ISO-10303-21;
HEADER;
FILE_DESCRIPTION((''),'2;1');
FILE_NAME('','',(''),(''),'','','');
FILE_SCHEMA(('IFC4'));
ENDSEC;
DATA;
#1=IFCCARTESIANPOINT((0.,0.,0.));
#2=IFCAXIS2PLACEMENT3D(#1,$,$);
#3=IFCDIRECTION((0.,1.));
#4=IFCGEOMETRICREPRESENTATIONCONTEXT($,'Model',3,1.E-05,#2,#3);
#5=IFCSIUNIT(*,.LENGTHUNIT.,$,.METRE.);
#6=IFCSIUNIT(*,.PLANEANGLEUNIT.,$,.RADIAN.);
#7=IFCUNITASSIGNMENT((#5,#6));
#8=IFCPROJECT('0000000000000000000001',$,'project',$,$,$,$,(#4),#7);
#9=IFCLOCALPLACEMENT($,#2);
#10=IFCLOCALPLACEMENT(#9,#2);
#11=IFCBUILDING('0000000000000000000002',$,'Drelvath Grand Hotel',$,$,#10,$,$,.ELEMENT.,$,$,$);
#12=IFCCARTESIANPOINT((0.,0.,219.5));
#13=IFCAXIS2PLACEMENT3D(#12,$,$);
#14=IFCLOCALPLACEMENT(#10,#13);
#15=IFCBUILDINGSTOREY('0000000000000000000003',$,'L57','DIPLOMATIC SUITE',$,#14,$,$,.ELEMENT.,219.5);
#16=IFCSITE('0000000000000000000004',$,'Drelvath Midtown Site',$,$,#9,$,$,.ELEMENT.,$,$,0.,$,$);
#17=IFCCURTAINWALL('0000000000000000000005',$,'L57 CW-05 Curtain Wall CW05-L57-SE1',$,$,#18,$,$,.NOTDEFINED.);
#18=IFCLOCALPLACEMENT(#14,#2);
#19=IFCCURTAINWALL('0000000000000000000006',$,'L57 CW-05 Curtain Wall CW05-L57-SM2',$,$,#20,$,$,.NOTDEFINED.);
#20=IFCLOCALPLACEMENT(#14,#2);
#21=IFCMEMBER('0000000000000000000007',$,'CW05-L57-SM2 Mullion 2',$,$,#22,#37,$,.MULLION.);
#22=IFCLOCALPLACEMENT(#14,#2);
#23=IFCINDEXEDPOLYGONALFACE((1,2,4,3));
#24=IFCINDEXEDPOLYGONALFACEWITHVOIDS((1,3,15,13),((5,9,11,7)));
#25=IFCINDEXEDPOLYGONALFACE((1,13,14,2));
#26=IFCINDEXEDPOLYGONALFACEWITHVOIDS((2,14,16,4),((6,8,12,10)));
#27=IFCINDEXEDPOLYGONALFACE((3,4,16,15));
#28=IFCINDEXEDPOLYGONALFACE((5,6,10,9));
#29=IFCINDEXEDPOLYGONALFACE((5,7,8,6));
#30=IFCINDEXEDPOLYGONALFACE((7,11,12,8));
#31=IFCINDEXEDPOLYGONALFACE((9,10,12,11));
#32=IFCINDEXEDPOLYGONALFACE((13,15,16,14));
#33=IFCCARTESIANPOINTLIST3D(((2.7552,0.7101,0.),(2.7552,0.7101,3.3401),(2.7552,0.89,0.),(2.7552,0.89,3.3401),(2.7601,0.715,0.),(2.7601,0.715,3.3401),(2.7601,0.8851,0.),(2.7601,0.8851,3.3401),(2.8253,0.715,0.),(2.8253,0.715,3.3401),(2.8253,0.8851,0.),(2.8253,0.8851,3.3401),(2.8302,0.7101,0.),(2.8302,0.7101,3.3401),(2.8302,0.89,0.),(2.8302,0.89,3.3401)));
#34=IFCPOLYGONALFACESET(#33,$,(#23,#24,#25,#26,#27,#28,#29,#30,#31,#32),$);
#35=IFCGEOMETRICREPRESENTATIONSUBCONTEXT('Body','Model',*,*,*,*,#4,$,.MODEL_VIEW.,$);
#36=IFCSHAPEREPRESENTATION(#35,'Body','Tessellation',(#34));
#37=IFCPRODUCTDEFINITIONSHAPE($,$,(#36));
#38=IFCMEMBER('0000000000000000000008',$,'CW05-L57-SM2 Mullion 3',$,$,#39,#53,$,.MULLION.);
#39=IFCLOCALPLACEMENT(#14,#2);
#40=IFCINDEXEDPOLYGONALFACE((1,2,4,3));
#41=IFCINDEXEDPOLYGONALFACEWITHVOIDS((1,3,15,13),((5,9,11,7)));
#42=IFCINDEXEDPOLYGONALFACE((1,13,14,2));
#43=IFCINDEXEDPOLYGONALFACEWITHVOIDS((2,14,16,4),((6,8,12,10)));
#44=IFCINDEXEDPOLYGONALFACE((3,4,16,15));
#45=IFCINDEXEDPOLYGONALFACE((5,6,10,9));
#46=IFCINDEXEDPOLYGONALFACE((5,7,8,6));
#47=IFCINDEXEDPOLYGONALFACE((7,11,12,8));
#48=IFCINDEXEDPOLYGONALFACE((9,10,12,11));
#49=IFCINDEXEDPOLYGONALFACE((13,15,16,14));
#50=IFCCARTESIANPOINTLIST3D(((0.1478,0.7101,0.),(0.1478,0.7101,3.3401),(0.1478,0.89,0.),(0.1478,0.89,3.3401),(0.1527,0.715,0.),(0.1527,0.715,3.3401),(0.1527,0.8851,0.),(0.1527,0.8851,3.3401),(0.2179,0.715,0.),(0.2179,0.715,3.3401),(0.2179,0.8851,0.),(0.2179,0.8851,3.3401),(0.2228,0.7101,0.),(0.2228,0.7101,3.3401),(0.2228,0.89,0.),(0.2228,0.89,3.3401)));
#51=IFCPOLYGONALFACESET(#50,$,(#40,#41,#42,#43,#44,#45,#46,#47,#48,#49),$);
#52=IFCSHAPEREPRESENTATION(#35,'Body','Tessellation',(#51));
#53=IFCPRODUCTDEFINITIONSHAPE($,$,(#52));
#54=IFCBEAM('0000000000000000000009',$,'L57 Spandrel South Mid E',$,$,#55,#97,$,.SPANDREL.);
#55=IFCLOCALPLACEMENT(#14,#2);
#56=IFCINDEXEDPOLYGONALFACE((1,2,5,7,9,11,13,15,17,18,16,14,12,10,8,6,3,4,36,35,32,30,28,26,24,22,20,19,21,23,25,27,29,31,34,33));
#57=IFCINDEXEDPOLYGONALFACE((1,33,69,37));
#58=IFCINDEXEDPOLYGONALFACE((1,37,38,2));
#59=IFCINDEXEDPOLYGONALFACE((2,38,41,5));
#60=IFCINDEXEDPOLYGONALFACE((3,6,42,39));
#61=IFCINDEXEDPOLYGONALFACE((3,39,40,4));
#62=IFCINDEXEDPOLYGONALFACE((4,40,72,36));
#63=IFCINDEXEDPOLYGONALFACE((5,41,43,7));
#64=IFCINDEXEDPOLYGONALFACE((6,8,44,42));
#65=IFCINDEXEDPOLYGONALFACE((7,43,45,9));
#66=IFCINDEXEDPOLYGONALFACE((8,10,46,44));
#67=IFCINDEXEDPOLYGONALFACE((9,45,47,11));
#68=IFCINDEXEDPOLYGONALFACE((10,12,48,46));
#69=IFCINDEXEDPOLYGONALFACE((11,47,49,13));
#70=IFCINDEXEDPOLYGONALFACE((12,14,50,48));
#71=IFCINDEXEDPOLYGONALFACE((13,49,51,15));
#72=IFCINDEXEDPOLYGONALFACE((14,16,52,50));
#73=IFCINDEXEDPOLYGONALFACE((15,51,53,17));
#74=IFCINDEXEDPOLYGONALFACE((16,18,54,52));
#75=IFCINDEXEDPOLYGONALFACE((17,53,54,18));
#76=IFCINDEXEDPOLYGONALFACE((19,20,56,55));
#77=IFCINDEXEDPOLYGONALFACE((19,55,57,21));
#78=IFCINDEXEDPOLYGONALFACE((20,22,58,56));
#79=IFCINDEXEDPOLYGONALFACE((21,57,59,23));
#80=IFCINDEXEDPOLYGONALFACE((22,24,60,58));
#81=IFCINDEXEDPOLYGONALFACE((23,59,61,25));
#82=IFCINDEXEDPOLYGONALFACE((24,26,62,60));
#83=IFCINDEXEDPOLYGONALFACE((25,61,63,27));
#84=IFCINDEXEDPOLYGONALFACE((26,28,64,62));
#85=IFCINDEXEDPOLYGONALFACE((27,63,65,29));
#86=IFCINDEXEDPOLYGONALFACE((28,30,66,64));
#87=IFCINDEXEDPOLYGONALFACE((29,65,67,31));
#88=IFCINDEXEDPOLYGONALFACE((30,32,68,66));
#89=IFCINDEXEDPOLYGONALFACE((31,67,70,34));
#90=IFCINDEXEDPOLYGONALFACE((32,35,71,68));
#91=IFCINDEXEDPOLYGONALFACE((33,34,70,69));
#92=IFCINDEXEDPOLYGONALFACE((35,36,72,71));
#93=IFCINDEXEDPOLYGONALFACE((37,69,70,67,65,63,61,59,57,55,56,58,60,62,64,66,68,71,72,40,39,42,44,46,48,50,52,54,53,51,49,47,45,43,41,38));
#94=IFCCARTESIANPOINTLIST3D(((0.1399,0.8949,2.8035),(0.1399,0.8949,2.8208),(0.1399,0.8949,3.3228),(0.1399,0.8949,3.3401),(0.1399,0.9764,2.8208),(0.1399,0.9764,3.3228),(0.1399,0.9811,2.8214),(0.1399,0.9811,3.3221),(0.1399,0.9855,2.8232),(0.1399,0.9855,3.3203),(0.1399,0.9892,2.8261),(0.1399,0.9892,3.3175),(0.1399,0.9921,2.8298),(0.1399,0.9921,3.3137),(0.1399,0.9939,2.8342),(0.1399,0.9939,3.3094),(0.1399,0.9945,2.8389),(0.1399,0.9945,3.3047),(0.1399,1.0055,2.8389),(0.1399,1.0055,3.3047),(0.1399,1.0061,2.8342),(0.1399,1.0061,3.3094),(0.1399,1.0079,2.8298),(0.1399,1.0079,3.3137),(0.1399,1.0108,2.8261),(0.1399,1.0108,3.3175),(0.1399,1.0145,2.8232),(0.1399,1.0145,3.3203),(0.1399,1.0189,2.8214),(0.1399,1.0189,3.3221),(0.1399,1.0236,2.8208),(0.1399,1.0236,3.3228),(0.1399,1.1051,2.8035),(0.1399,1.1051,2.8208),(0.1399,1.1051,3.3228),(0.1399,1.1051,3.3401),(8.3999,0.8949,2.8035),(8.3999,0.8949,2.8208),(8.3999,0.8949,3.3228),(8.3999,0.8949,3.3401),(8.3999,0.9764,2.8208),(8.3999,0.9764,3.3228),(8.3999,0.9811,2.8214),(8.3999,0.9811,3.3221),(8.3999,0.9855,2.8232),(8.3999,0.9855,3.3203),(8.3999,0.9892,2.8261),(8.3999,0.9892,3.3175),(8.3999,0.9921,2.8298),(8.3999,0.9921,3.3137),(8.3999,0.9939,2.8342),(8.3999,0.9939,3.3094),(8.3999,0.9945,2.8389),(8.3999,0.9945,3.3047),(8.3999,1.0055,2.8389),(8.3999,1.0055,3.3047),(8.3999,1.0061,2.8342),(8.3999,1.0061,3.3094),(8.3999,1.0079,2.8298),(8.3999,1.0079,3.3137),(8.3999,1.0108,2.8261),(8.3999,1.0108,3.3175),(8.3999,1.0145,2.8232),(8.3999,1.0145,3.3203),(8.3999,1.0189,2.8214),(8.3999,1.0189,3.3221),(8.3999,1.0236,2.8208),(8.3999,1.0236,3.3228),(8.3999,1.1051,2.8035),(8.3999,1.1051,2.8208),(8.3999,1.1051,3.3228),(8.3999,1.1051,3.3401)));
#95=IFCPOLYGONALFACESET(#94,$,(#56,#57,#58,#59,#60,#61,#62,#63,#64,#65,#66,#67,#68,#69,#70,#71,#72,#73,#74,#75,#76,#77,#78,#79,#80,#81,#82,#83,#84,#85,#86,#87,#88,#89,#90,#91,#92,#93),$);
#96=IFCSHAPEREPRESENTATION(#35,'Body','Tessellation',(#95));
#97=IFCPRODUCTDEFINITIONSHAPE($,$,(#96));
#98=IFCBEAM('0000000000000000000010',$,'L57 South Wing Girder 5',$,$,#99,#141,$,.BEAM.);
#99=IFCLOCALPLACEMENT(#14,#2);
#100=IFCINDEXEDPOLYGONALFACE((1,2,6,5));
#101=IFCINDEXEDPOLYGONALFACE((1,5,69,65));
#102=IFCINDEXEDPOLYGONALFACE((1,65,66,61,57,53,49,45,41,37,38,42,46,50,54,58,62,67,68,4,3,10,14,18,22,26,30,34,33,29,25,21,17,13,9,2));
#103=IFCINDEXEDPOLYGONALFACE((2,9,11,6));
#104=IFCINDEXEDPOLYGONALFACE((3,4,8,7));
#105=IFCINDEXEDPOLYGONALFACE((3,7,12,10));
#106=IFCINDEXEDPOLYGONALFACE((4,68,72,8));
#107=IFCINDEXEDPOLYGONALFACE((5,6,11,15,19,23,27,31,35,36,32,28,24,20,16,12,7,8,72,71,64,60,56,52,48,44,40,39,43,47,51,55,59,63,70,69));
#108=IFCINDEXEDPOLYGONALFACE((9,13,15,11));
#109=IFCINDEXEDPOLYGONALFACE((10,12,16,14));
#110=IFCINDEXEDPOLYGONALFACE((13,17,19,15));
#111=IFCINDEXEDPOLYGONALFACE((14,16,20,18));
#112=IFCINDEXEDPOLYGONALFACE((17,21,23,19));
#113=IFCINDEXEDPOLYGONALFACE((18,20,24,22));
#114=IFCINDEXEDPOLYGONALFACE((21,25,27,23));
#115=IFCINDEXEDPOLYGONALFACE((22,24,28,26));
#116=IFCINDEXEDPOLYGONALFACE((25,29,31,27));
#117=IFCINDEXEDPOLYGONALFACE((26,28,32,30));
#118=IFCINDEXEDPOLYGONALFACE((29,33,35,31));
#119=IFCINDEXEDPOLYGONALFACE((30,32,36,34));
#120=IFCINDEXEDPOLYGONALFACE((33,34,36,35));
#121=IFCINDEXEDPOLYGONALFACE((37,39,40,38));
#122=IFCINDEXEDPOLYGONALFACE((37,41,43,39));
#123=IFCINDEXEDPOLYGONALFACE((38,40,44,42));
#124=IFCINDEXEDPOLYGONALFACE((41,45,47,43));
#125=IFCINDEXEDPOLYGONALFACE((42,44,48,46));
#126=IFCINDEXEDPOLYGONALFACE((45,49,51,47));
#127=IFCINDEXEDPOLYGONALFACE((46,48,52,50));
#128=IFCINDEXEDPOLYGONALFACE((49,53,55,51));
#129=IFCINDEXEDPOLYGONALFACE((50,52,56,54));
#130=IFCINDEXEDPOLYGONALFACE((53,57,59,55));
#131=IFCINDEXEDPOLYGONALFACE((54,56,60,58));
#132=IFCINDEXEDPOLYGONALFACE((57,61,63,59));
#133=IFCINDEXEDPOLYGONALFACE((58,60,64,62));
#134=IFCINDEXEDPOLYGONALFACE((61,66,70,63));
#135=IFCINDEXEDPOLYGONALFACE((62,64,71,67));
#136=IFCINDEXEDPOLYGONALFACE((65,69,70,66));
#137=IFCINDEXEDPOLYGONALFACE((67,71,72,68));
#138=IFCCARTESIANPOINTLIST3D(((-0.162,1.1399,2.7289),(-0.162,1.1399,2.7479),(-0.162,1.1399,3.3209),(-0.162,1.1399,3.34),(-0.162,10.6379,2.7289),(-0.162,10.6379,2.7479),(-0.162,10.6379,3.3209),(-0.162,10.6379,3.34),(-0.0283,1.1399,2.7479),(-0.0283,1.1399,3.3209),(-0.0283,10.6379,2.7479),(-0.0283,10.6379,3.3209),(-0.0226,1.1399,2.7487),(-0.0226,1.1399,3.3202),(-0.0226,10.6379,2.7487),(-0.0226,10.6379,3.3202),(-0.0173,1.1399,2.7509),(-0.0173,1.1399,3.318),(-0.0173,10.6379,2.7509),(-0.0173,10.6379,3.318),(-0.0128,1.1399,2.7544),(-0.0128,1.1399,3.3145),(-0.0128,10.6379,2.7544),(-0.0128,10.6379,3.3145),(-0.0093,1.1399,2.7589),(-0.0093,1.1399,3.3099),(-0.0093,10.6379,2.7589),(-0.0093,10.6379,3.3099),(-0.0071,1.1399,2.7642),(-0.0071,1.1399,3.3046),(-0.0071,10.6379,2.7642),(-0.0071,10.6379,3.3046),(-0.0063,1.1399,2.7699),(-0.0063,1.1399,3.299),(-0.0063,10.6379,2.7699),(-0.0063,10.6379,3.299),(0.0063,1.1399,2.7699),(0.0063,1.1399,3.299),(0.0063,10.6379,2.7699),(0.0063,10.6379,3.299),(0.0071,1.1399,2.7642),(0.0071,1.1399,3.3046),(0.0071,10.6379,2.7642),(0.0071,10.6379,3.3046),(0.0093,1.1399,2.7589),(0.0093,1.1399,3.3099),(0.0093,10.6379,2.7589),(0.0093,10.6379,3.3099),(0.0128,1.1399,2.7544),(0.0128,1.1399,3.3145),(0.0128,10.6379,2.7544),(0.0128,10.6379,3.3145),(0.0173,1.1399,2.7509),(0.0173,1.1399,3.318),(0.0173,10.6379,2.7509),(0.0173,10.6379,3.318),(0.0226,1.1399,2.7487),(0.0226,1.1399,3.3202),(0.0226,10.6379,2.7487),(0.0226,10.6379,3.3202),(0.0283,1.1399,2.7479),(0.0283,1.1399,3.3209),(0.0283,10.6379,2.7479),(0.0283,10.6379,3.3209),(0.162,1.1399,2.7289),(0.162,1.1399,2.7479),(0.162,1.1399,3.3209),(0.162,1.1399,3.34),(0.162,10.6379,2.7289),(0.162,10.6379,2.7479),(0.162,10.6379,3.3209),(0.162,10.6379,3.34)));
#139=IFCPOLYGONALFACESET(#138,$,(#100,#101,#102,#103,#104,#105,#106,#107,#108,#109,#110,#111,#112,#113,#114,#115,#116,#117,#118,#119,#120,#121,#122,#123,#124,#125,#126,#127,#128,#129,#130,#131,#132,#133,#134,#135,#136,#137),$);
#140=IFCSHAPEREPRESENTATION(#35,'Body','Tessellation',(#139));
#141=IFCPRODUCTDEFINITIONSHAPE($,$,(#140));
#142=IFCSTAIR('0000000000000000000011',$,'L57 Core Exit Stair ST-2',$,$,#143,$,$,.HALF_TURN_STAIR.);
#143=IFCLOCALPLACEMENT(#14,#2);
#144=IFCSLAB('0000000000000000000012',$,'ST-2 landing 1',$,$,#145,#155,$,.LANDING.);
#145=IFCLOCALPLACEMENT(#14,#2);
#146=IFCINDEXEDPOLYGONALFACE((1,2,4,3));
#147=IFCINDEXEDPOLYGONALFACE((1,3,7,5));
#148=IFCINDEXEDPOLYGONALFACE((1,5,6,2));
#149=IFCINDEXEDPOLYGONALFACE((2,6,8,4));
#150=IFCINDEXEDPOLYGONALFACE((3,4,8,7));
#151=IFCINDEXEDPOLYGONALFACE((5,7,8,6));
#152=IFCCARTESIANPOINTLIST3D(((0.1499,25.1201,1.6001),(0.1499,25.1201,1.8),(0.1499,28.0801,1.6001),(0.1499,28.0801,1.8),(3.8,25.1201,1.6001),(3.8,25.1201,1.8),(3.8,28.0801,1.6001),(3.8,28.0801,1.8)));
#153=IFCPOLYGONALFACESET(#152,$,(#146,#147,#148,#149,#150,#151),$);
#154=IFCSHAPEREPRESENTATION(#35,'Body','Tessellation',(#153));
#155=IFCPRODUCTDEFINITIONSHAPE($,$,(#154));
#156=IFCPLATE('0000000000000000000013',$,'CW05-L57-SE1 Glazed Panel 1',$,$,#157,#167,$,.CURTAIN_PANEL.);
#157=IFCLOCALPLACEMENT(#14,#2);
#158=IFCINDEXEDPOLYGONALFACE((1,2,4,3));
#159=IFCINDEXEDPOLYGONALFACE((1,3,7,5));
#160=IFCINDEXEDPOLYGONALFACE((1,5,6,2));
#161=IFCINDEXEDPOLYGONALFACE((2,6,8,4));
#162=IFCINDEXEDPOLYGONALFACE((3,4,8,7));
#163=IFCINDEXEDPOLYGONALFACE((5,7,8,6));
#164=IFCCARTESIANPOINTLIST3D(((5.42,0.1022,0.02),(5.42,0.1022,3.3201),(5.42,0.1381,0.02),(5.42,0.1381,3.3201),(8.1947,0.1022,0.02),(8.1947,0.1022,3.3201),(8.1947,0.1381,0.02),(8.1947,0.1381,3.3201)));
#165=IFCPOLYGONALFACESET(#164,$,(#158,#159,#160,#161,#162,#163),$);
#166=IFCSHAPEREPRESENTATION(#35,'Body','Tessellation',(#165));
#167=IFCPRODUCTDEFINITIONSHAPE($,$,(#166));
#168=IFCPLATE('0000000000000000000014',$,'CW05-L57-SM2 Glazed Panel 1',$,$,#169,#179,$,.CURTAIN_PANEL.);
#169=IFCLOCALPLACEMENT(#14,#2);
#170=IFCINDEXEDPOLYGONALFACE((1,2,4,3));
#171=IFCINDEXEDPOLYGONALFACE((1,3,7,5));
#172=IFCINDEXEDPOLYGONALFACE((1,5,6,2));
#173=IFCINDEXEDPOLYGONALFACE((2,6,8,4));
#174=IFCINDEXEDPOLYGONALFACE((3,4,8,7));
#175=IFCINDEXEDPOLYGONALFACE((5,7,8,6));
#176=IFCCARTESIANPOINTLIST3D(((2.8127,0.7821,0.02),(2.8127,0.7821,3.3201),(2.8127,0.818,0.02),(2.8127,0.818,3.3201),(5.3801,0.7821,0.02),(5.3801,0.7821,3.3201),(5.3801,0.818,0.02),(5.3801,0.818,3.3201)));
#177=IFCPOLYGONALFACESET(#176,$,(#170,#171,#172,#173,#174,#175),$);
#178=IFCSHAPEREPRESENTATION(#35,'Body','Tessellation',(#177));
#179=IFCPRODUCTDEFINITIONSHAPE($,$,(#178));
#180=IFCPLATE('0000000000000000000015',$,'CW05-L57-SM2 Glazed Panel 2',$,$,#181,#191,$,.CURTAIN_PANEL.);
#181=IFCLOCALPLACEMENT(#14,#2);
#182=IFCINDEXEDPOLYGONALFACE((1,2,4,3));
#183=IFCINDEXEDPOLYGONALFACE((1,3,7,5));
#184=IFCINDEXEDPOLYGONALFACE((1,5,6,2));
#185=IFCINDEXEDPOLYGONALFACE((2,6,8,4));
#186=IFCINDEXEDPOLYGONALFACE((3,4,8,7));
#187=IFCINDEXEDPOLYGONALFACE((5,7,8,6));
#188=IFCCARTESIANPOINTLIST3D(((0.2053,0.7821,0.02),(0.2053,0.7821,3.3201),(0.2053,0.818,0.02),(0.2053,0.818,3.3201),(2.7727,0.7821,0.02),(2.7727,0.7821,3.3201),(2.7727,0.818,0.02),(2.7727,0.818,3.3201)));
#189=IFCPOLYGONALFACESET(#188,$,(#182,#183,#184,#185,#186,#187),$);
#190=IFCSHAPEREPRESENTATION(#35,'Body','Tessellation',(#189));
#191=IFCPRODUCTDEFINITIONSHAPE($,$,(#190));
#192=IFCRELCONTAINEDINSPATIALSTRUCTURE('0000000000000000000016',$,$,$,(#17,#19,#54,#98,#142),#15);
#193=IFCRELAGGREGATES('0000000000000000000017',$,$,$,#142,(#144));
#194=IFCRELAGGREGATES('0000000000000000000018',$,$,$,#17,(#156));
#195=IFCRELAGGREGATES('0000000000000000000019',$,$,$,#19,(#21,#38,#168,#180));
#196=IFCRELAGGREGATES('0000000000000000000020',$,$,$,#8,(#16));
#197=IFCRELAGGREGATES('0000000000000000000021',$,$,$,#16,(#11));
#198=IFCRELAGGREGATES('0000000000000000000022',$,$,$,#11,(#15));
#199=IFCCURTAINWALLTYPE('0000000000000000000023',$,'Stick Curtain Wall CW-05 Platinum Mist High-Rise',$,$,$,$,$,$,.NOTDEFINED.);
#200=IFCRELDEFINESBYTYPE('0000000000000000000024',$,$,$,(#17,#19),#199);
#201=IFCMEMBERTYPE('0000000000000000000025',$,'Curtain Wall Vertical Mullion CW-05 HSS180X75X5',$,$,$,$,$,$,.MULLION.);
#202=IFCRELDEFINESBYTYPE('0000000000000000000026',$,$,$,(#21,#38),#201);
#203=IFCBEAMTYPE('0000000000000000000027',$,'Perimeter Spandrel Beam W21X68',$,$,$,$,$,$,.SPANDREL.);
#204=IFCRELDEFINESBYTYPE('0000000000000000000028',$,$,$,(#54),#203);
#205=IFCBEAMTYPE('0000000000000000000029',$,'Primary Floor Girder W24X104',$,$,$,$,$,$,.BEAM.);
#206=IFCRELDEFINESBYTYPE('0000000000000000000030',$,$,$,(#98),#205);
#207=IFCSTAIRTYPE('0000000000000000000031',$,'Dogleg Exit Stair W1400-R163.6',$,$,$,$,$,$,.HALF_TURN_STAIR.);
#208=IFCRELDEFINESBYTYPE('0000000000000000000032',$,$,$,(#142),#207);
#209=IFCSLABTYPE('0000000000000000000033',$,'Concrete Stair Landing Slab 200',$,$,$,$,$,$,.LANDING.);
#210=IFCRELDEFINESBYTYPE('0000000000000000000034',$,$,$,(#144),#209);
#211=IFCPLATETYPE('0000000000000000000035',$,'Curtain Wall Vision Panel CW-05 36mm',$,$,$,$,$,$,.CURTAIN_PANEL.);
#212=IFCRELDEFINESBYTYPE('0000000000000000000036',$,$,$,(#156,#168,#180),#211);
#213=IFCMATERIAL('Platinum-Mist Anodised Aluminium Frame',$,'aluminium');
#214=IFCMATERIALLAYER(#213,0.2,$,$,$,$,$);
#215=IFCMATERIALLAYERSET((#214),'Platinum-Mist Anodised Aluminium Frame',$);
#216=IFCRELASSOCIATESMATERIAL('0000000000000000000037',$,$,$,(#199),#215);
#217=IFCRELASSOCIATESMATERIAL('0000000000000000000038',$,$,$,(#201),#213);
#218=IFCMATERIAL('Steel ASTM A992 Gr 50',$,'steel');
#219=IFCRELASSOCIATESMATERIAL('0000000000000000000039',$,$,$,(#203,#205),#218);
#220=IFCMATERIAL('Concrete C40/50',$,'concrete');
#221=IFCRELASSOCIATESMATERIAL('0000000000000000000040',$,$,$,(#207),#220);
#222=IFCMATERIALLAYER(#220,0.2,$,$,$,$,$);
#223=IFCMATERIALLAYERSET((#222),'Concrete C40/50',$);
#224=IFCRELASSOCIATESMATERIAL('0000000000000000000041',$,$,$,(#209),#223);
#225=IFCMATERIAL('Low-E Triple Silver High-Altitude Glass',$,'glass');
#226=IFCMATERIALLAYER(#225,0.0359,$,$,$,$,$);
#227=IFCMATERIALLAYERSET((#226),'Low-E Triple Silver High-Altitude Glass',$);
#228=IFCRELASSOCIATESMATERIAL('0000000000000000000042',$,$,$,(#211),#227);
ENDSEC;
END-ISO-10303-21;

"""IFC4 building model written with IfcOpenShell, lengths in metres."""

from ifc_helpers import new_model, si_unit, direction, frame, origin, origin_2d, place, context, subcontext, project, spatial, polyline, rectangle, hollow_rectangle, i_section, outline, extrude, material, layer, layer_set, material_profile, profile_set, type_object, element, aggregate, save


model = new_model("IFC4")

# Units and contexts
model_context = context("Model", 3, precision=1e-05, world=origin(), true_north=direction((0.0, 1.0)))
body_context = subcontext(model_context, "Body", "Model", "MODEL_VIEW")
ifc_project = project(units=[si_unit("LENGTHUNIT", "METRE"), si_unit("PLANEANGLEUNIT", "RADIAN")], contexts=[model_context])

# Site, building, storey
site_placement = place(None, origin())
site = spatial("IfcSite", under=ifc_project, at=site_placement, Name="Drelvath Midtown Site", CompositionType="ELEMENT", RefElevation=0.0)
building_placement = place(site_placement, origin())
building = spatial("IfcBuilding", under=site, at=building_placement, Name="Drelvath Grand Hotel", CompositionType="ELEMENT")
storey_placement = place(building_placement, frame((0.0, 0.0, 219.5)))
storey = spatial("IfcBuildingStorey", under=building, at=storey_placement, Name="L57", Description="DIPLOMATIC SUITE", CompositionType="ELEMENT", Elevation=219.5)

# Curtain walls
ifc_material_1 = material(Name="Platinum-Mist Anodised Aluminium Frame", Category="aluminium")
ifc_layer_1 = layer(ifc_material_1, 0.2)
ifc_layer_set_1 = layer_set([ifc_layer_1], Name="Platinum-Mist Anodised Aluminium Frame")
curtain_wall_type = type_object("IfcCurtainWallType", Name="Stick Curtain Wall CW-05 Platinum Mist High-Rise", PredefinedType="NOTDEFINED", material=ifc_layer_set_1)
curtain_wall_1_placement = place(storey_placement, origin())
curtain_wall_1 = element("IfcCurtainWall", 1, at=curtain_wall_1_placement, inside=storey, type_object=curtain_wall_type, Name="L57 CW-05 Curtain Wall CW05-L57-SE1", PredefinedType="NOTDEFINED")
curtain_wall_2_placement = place(storey_placement, origin())
curtain_wall_2 = element("IfcCurtainWall", 2, at=curtain_wall_2_placement, inside=storey, type_object=curtain_wall_type, Name="L57 CW-05 Curtain Wall CW05-L57-SM2", PredefinedType="NOTDEFINED")

# Members
ifc_material_profile_1 = material_profile(ifc_material_1, hollow_rectangle(XDim=0.075, YDim=0.1799, WallThickness=0.0049, at=origin_2d()), Name="HSS180X75X5")
ifc_profile_set_1 = profile_set([ifc_material_profile_1], Name="Platinum-Mist Anodised Aluminium Frame")
member_type_1 = type_object("IfcMemberType", Name="Curtain Wall Vertical Mullion CW-05 HSS180X75X5", PredefinedType="MULLION", material=ifc_profile_set_1)
member_1_placement = place(storey_placement, frame((2.7927, 0.8, 0.0), z_axis=(0.0, 0.0, 1.0), x_axis=(1.0, 0.0, 0.0)))
member_1 = element("IfcMember", 3, at=member_1_placement, type_object=member_type_1, Name="CW05-L57-SM2 Mullion 2", PredefinedType="MULLION", context=body_context, shape_type="SweptSolid", body=[
    extrude(hollow_rectangle(XDim=0.075, YDim=0.1799, WallThickness=0.0049, at=origin_2d()), origin(), (0.0, 0.0, 1.0), 3.3401),
])
member_2_placement = place(storey_placement, frame((0.1853, 0.8, 0.0), z_axis=(0.0, 0.0, 1.0), x_axis=(1.0, 0.0, 0.0)))
member_2 = element("IfcMember", 4, at=member_2_placement, type_object=member_type_1, Name="CW05-L57-SM2 Mullion 3", PredefinedType="MULLION", context=body_context, shape_type="SweptSolid", body=[
    extrude(hollow_rectangle(XDim=0.075, YDim=0.1799, WallThickness=0.0049, at=origin_2d()), origin(), (0.0, 0.0, 1.0), 3.3401),
])

# Beams
ifc_material_2 = material(Name="Steel ASTM A992 Gr 50", Category="steel")
ifc_material_profile_2 = material_profile(ifc_material_2, i_section(OverallWidth=0.2102, OverallDepth=0.5366, WebThickness=0.011, FlangeThickness=0.0173, FilletRadius=0.0181, at=origin_2d()), Name="W21X68")
ifc_profile_set_2 = profile_set([ifc_material_profile_2], Name="Steel ASTM A992 Gr 50")
beam_type_1 = type_object("IfcBeamType", Name="Perimeter Spandrel Beam W21X68", PredefinedType="SPANDREL", material=ifc_profile_set_2)
beam_1_placement = place(storey_placement, frame((0.1399, 1.0, 3.0718), z_axis=(1.0, 0.0, 0.0), x_axis=(0.0, 1.0, 0.0)))
element("IfcBeam", 5, at=beam_1_placement, inside=storey, type_object=beam_type_1, Name="L57 Spandrel South Mid E", PredefinedType="SPANDREL", context=body_context, shape_type="SweptSolid", body=[
    extrude(i_section(OverallWidth=0.2102, OverallDepth=0.5366, WebThickness=0.011, FlangeThickness=0.0173, FilletRadius=0.0181, at=origin_2d()), origin(), (0.0, 0.0, 1.0), 8.26),
])
ifc_material_profile_3 = material_profile(ifc_material_2, i_section(OverallWidth=0.324, OverallDepth=0.6111, WebThickness=0.0127, FlangeThickness=0.019, FilletRadius=0.022, at=origin_2d()), Name="W24X104")
ifc_profile_set_3 = profile_set([ifc_material_profile_3], Name="Steel ASTM A992 Gr 50")
beam_type_2 = type_object("IfcBeamType", Name="Primary Floor Girder W24X104", PredefinedType="BEAM", material=ifc_profile_set_3)
beam_2_placement = place(storey_placement, frame((0.0, 1.1399, 3.0344), z_axis=(0.0, 1.0, 0.0), x_axis=(-1.0, 0.0, 0.0)))
element("IfcBeam", 6, at=beam_2_placement, inside=storey, type_object=beam_type_2, Name="L57 South Wing Girder 5", PredefinedType="BEAM", context=body_context, shape_type="SweptSolid", body=[
    extrude(i_section(OverallWidth=0.324, OverallDepth=0.6111, WebThickness=0.0127, FlangeThickness=0.019, FilletRadius=0.022, at=origin_2d()), origin(), (0.0, 0.0, 1.0), 9.498),
])

# Stair, slab
ifc_material_3 = material(Name="Concrete C40/50", Category="concrete")
stair_type = type_object("IfcStairType", Name="Dogleg Exit Stair W1400-R163.6", PredefinedType="HALF_TURN_STAIR", material=ifc_material_3)
stair_placement = place(storey_placement, origin())
stair = element("IfcStair", 7, at=stair_placement, inside=storey, type_object=stair_type, Name="L57 Core Exit Stair ST-2", PredefinedType="HALF_TURN_STAIR")
ifc_layer_2 = layer(ifc_material_3, 0.2)
ifc_layer_set_2 = layer_set([ifc_layer_2], Name="Concrete C40/50")
slab_type = type_object("IfcSlabType", Name="Concrete Stair Landing Slab 200", PredefinedType="LANDING", material=ifc_layer_set_2)
slab_placement = place(storey_placement, frame((0.0, 0.0, 1.6001)))
slab = element("IfcSlab", 8, at=slab_placement, type_object=slab_type, Name="ST-2 landing 1", PredefinedType="LANDING", context=body_context, shape_type="SweptSolid", body=[
    extrude(outline(polyline([(3.8, 28.0801), (0.1499, 28.0801), (0.1499, 25.1201), (3.8, 25.1201), (3.8, 28.0801)])), origin(), (0.0, 0.0, 1.0), 0.2),
])
aggregate(stair, [slab])

# Plates
ifc_material_4 = material(Name="Low-E Triple Silver High-Altitude Glass", Category="glass")
ifc_layer_3 = layer(ifc_material_4, 0.0359)
ifc_layer_set_3 = layer_set([ifc_layer_3], Name="Low-E Triple Silver High-Altitude Glass")
plate_type = type_object("IfcPlateType", Name="Curtain Wall Vision Panel CW-05 36mm", PredefinedType="CURTAIN_PANEL", material=ifc_layer_set_3)
plate_1_placement = place(storey_placement, frame((6.8074, 0.1201, 0.02), z_axis=(0.0, 0.0, 1.0), x_axis=(-1.0, 0.0, 0.0)))
plate_1 = element("IfcPlate", 9, at=plate_1_placement, type_object=plate_type, Name="CW05-L57-SE1 Glazed Panel 1", PredefinedType="CURTAIN_PANEL", context=body_context, shape_type="SweptSolid", body=[
    extrude(rectangle(XDim=2.7747, YDim=0.0359, at=origin_2d()), origin(), (0.0, 0.0, 1.0), 3.3),
])
aggregate(curtain_wall_1, [plate_1])
plate_2_placement = place(storey_placement, frame((4.0964, 0.8, 0.02), z_axis=(0.0, 0.0, 1.0), x_axis=(-1.0, 0.0, 0.0)))
plate_2 = element("IfcPlate", 10, at=plate_2_placement, type_object=plate_type, Name="CW05-L57-SM2 Glazed Panel 1", PredefinedType="CURTAIN_PANEL", context=body_context, shape_type="SweptSolid", body=[
    extrude(rectangle(XDim=2.5674, YDim=0.0359, at=origin_2d()), origin(), (0.0, 0.0, 1.0), 3.3),
])
plate_3_placement = place(storey_placement, frame((1.489, 0.8, 0.02), z_axis=(0.0, 0.0, 1.0), x_axis=(-1.0, 0.0, 0.0)))
plate_3 = element("IfcPlate", 11, at=plate_3_placement, type_object=plate_type, Name="CW05-L57-SM2 Glazed Panel 2", PredefinedType="CURTAIN_PANEL", context=body_context, shape_type="SweptSolid", body=[
    extrude(rectangle(XDim=2.5674, YDim=0.0359, at=origin_2d()), origin(), (0.0, 0.0, 1.0), 3.3),
])
aggregate(curtain_wall_2, [member_1, member_2, plate_2, plate_3])

save(model, "model.ifc")
